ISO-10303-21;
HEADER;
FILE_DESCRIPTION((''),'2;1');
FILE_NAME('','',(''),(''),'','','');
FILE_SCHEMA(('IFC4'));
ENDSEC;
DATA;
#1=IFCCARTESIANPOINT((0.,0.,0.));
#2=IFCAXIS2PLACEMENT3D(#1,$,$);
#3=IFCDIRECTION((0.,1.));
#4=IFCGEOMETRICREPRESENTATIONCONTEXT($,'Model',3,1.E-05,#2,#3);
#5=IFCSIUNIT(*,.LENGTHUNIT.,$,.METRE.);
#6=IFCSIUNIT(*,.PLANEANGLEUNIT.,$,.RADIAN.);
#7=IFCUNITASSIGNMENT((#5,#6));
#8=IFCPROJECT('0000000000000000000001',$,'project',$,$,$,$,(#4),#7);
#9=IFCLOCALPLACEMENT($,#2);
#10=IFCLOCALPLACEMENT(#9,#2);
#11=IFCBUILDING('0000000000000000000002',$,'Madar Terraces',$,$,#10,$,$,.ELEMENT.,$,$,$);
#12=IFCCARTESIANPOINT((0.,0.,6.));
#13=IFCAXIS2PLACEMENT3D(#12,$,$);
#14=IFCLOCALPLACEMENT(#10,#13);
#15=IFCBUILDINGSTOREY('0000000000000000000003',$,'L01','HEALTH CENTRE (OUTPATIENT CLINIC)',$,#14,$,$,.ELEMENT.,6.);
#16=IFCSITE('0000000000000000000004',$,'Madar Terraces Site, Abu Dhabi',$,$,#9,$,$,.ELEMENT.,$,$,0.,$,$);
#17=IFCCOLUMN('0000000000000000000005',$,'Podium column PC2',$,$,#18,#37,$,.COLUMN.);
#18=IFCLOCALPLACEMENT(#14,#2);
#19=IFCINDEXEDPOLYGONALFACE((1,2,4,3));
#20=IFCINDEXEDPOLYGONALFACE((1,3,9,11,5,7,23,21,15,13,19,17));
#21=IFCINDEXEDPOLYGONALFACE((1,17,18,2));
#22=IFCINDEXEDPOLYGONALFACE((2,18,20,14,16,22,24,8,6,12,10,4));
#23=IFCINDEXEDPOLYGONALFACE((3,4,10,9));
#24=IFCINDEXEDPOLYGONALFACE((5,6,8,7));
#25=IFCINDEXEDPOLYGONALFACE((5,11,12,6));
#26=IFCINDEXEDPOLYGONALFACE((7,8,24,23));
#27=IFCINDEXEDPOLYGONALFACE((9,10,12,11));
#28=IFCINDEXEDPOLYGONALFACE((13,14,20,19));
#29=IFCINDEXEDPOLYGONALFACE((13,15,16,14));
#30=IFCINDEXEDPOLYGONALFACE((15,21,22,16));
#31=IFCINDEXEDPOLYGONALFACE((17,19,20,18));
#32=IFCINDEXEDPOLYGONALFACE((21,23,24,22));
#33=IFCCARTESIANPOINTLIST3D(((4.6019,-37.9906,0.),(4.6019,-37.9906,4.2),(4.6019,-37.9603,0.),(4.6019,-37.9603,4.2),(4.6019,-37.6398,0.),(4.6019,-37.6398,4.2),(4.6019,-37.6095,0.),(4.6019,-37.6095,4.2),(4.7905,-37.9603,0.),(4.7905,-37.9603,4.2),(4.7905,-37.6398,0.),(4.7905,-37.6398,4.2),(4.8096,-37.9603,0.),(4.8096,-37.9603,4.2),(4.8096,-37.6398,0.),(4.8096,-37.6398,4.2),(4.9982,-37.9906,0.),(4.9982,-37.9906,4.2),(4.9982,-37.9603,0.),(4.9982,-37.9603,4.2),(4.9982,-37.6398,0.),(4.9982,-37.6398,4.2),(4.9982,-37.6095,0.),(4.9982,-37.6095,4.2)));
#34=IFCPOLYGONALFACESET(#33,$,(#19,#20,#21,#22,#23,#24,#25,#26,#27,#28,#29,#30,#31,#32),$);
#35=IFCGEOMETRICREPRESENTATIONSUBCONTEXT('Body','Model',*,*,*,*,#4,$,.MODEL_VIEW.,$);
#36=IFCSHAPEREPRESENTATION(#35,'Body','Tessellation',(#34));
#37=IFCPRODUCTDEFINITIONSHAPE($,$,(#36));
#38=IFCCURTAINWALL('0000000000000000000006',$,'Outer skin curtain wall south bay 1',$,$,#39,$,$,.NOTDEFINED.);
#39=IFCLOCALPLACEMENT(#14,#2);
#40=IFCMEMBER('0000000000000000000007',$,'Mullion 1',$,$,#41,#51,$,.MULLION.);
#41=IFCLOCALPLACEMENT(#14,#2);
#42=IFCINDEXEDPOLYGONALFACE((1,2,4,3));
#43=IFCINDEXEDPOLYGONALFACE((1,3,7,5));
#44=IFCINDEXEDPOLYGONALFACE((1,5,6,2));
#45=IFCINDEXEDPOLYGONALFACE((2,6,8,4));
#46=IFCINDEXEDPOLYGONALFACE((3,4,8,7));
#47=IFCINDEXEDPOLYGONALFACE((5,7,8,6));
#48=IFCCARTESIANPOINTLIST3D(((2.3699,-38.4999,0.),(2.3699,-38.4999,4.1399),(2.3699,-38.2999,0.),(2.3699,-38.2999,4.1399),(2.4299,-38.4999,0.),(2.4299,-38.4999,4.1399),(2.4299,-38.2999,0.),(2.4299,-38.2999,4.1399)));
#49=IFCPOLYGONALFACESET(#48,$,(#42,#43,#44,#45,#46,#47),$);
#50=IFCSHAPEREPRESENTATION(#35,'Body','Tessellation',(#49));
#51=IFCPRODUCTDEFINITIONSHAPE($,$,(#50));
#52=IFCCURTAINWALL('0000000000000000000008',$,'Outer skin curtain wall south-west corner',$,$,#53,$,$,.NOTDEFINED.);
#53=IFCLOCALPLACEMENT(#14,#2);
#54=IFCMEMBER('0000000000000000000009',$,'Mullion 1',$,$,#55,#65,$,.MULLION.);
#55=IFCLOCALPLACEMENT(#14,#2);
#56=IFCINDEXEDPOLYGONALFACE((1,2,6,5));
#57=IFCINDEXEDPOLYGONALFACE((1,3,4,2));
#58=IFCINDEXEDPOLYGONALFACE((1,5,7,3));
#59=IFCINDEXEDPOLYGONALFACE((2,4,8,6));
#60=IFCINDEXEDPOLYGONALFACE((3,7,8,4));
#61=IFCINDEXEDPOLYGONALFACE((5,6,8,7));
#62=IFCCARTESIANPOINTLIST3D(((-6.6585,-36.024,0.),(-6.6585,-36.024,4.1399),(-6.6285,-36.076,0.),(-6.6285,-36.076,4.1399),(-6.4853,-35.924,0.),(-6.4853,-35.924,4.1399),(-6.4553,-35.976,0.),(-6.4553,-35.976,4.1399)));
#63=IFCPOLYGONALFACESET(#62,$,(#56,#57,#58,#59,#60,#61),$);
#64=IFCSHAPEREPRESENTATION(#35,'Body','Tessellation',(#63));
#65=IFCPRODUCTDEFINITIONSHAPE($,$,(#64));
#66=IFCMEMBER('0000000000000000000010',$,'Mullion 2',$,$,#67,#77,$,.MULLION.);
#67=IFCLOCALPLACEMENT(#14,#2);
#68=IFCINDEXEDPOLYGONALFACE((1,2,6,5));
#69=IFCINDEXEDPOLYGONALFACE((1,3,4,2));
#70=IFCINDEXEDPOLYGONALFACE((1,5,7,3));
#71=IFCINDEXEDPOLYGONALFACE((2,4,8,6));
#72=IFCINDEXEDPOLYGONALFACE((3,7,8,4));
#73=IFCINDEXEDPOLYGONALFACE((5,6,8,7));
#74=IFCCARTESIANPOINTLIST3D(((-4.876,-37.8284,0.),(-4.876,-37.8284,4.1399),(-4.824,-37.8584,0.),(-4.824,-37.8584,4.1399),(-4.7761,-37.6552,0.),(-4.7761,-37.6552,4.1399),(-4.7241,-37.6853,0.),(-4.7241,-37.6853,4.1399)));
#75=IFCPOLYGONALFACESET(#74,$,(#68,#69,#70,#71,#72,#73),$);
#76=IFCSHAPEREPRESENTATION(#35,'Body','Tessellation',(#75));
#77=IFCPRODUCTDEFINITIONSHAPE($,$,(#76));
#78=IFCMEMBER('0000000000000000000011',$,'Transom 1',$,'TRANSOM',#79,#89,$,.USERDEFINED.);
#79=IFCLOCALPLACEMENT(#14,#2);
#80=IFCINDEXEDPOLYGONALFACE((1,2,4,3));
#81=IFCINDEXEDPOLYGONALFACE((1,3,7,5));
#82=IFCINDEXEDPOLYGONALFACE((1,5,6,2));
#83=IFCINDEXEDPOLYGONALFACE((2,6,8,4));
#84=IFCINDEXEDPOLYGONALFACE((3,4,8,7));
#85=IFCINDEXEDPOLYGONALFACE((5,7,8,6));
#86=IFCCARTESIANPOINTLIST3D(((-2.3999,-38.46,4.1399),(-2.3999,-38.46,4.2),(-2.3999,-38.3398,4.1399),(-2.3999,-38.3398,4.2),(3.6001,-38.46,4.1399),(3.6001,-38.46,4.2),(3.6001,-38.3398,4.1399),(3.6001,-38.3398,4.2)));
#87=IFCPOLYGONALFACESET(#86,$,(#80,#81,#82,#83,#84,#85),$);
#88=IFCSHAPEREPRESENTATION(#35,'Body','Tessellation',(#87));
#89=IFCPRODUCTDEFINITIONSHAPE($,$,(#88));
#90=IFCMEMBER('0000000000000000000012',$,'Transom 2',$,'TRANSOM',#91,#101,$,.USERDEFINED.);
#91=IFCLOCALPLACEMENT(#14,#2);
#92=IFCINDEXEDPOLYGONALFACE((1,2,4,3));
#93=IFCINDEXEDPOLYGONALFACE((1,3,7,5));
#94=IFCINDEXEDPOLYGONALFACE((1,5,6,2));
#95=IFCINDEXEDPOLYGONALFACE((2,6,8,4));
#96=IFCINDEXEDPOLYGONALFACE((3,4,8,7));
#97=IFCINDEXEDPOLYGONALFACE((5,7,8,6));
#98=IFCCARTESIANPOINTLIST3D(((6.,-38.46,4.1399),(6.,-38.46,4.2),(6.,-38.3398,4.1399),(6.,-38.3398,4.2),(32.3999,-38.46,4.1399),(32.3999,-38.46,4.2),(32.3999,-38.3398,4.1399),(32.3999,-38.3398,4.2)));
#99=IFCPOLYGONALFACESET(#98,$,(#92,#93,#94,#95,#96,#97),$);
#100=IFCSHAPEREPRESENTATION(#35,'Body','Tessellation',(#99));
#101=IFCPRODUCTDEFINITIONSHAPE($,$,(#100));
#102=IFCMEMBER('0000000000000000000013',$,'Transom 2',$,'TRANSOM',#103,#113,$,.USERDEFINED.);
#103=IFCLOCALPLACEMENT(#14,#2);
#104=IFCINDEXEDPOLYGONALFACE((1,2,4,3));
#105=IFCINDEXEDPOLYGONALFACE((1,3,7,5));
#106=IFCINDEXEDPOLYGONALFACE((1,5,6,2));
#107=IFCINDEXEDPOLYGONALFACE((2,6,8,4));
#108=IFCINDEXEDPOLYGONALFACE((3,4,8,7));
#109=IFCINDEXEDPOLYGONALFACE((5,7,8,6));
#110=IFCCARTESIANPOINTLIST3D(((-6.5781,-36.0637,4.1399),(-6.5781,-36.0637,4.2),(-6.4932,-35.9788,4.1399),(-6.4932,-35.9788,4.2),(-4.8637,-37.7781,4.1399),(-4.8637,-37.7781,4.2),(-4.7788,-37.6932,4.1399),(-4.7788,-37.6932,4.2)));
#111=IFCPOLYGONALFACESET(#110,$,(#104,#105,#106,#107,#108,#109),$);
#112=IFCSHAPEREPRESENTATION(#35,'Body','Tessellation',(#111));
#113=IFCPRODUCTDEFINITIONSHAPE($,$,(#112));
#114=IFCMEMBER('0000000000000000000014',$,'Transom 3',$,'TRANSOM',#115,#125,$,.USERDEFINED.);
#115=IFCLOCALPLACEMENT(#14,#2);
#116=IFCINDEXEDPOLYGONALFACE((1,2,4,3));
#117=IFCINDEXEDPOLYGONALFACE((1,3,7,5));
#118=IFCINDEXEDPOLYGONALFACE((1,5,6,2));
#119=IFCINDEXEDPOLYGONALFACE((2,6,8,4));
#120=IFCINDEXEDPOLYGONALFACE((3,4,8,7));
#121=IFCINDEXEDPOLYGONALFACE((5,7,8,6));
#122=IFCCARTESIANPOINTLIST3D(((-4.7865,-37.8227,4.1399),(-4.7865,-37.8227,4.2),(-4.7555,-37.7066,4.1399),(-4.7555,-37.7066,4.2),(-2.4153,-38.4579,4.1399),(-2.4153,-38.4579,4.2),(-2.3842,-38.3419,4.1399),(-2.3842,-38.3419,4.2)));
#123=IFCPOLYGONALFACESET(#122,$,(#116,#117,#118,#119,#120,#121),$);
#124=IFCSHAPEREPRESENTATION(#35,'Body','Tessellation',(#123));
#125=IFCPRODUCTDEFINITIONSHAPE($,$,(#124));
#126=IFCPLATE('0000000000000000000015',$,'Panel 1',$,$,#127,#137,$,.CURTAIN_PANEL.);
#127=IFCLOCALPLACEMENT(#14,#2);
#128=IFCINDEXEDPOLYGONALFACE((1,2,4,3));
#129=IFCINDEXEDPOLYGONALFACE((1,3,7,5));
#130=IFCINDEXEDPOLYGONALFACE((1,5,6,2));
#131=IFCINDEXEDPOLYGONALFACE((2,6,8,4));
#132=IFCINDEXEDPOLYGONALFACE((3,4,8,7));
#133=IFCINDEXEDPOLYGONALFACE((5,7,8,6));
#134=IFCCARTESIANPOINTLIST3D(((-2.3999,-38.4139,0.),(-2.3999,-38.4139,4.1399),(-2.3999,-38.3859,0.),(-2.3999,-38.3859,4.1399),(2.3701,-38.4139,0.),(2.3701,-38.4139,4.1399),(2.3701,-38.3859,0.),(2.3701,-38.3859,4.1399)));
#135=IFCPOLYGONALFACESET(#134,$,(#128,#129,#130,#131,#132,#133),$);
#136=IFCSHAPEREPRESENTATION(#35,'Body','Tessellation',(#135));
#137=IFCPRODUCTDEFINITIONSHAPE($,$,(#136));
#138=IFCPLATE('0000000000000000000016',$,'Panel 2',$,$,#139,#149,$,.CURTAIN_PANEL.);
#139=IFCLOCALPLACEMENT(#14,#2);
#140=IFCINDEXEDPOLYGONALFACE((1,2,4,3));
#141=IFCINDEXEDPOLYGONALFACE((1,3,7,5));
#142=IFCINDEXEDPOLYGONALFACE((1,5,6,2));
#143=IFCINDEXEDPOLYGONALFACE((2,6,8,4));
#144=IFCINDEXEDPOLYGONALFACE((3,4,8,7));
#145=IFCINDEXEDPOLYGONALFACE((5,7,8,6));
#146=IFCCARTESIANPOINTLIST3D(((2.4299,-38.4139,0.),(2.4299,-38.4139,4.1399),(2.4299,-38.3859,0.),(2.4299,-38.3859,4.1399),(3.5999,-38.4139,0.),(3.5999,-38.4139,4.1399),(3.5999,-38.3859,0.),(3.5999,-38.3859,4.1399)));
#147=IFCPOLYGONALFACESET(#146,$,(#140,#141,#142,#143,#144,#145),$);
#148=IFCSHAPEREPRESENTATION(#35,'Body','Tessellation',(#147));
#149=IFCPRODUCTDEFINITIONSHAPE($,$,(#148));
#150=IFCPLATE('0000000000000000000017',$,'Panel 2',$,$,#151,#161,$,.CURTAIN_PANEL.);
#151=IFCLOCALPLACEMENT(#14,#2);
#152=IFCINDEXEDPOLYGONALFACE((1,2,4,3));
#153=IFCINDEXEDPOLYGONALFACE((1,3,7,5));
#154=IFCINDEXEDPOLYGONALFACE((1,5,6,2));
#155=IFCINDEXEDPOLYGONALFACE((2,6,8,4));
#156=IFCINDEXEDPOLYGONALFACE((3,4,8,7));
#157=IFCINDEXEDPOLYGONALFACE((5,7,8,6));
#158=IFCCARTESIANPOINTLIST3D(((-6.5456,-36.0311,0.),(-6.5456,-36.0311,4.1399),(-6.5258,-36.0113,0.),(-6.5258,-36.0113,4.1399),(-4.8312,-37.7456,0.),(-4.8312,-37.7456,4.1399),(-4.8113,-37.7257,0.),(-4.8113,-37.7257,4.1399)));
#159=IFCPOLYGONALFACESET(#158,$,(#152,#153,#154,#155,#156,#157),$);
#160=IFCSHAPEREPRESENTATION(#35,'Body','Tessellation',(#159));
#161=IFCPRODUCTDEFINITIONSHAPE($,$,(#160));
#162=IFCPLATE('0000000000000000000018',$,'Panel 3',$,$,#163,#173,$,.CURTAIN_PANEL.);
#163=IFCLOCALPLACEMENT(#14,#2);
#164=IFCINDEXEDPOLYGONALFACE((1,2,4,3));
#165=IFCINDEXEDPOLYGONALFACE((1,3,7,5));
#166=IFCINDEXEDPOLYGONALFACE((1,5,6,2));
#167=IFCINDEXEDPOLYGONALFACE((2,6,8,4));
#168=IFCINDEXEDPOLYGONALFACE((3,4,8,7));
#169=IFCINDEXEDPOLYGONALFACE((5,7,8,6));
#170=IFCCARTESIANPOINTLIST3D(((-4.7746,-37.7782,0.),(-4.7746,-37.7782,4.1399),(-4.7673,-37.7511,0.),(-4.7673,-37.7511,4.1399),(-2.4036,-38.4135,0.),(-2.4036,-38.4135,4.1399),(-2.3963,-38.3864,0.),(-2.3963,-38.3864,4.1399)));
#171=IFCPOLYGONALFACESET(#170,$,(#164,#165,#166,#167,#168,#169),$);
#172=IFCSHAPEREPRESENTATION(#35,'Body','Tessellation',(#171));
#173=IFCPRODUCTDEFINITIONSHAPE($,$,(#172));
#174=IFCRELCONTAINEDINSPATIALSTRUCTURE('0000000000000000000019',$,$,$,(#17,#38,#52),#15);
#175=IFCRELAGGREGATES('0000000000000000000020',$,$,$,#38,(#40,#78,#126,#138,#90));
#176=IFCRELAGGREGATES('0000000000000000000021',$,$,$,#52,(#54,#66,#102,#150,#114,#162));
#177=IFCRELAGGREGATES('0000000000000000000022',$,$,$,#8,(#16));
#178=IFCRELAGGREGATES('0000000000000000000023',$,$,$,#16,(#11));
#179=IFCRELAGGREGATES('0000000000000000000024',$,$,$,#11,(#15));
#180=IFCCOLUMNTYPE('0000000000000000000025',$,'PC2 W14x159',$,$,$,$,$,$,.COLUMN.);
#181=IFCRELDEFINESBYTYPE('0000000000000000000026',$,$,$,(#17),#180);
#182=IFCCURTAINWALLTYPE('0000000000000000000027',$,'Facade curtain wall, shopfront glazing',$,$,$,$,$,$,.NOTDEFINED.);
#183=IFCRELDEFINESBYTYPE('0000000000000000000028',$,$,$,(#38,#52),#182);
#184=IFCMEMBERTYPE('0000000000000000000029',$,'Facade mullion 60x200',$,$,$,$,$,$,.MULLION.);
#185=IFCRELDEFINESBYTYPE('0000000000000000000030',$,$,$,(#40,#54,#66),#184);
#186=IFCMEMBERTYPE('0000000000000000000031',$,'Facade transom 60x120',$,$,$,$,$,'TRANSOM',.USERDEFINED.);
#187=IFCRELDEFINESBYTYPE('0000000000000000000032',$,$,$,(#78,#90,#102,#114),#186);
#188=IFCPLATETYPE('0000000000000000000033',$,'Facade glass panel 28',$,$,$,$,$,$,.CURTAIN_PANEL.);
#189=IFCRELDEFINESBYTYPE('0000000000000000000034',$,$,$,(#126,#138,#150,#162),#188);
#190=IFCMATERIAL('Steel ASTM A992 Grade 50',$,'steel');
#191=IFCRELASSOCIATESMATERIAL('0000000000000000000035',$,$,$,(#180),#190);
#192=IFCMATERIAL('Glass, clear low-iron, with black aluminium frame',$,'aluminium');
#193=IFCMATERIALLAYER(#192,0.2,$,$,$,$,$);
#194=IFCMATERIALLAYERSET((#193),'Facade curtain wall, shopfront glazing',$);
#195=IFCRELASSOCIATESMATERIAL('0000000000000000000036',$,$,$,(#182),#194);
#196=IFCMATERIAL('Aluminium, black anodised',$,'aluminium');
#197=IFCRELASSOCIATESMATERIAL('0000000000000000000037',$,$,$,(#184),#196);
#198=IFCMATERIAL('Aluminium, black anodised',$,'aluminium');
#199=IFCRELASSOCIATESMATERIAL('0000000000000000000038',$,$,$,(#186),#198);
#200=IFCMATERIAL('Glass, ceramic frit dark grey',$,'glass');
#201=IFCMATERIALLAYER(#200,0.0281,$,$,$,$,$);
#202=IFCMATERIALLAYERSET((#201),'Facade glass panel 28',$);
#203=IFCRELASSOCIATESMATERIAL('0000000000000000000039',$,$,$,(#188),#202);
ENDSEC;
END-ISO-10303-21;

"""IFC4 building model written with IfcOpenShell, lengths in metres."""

from ifc_helpers import new_model, si_unit, direction, frame, origin, origin_2d, place, context, subcontext, project, spatial, rectangle, i_section, extrude, material, layer, layer_set, material_profile, profile_set, type_object, element, aggregate, save


model = new_model("IFC4")

# Units and contexts
model_context = context("Model", 3, precision=1e-05, world=origin(), true_north=direction((0.0, 1.0)))
body_context = subcontext(model_context, "Body", "Model", "MODEL_VIEW")
ifc_project = project(units=[si_unit("LENGTHUNIT", "METRE"), si_unit("PLANEANGLEUNIT", "RADIAN")], contexts=[model_context])

# Site, building, storey
site_placement = place(None, origin())
site = spatial("IfcSite", under=ifc_project, at=site_placement, Name="Madar Terraces Site, Abu Dhabi", CompositionType="ELEMENT", RefElevation=0.0)
building_placement = place(site_placement, origin())
building = spatial("IfcBuilding", under=site, at=building_placement, Name="Madar Terraces", CompositionType="ELEMENT")
storey_placement = place(building_placement, frame((0.0, 0.0, 6.0)))
storey = spatial("IfcBuildingStorey", under=building, at=storey_placement, Name="L01", Description="HEALTH CENTRE (OUTPATIENT CLINIC)", CompositionType="ELEMENT", Elevation=6.0)

# Column
ifc_material_1 = material(Name="Steel ASTM A992 Grade 50", Category="steel")
ifc_material_profile_1 = material_profile(ifc_material_1, i_section(OverallWidth=0.3962, OverallDepth=0.3811, WebThickness=0.019, FlangeThickness=0.0303, at=origin_2d()), Name="W14x159")
ifc_profile_set_1 = profile_set([ifc_material_profile_1], Name="Steel ASTM A992 Grade 50")
column_type = type_object("IfcColumnType", Name="PC2 W14x159", PredefinedType="COLUMN", material=ifc_profile_set_1)
column_placement = place(storey_placement, frame((4.8, -37.8, 0.0), z_axis=(0.0, 0.0, 1.0), x_axis=(1.0, 0.0, 0.0)))
element("IfcColumn", 1, at=column_placement, inside=storey, type_object=column_type, Name="Podium column PC2", PredefinedType="COLUMN", context=body_context, shape_type="SweptSolid", body=[
    extrude(i_section(OverallWidth=0.3962, OverallDepth=0.3811, WebThickness=0.019, FlangeThickness=0.0303, at=origin_2d()), origin(), (0.0, 0.0, 1.0), 4.2),
])

# Curtain wall, member
ifc_material_2 = material(Name="Glass, clear low-iron, with black aluminium frame", Category="aluminium")
ifc_layer_1 = layer(ifc_material_2, 0.2)
ifc_layer_set_1 = layer_set([ifc_layer_1], Name="Facade curtain wall, shopfront glazing")
curtain_wall_type = type_object("IfcCurtainWallType", Name="Facade curtain wall, shopfront glazing", PredefinedType="NOTDEFINED", material=ifc_layer_set_1)
curtain_wall_1_placement = place(storey_placement, origin())
curtain_wall_1 = element("IfcCurtainWall", 2, at=curtain_wall_1_placement, inside=storey, type_object=curtain_wall_type, Name="Outer skin curtain wall south bay 1", PredefinedType="NOTDEFINED")
ifc_material_3 = material(Name="Aluminium, black anodised", Category="aluminium")
ifc_material_profile_2 = material_profile(ifc_material_3, rectangle(XDim=0.2, YDim=0.0601, at=origin_2d()), Name="Facade mullion 60x200")
ifc_profile_set_2 = profile_set([ifc_material_profile_2], Name="Aluminium, black anodised")
member_type_1 = type_object("IfcMemberType", Name="Facade mullion 60x200", PredefinedType="MULLION", material=ifc_profile_set_2)
member_1_placement = place(storey_placement, frame((2.3999, -38.3999, 0.0), z_axis=(0.0, 0.0, 1.0), x_axis=(0.0, 1.0, 0.0)))
member_1 = element("IfcMember", 3, at=member_1_placement, type_object=member_type_1, Name="Mullion 1", PredefinedType="MULLION", context=body_context, shape_type="SweptSolid", body=[
    extrude(rectangle(XDim=0.2, YDim=0.0601, at=origin_2d()), origin(), (0.0, 0.0, 1.0), 4.1399),
])

# Curtain wall, members
curtain_wall_2_placement = place(storey_placement, origin())
curtain_wall_2 = element("IfcCurtainWall", 4, at=curtain_wall_2_placement, inside=storey, type_object=curtain_wall_type, Name="Outer skin curtain wall south-west corner", PredefinedType="NOTDEFINED")
member_2_placement = place(storey_placement, frame((-6.5569, -36.0, 0.0), z_axis=(0.0, 0.0, 1.0), x_axis=(0.866025, 0.5, 0.0)))
member_2 = element("IfcMember", 5, at=member_2_placement, type_object=member_type_1, Name="Mullion 1", PredefinedType="MULLION", context=body_context, shape_type="SweptSolid", body=[
    extrude(rectangle(XDim=0.2, YDim=0.0601, at=origin_2d()), origin(), (0.0, 0.0, 1.0), 4.1399),
])
member_3_placement = place(storey_placement, frame((-4.8, -37.7568, 0.0), z_axis=(0.0, 0.0, 1.0), x_axis=(0.5, 0.866025, 0.0)))
member_3 = element("IfcMember", 6, at=member_3_placement, type_object=member_type_1, Name="Mullion 2", PredefinedType="MULLION", context=body_context, shape_type="SweptSolid", body=[
    extrude(rectangle(XDim=0.2, YDim=0.0601, at=origin_2d()), origin(), (0.0, 0.0, 1.0), 4.1399),
])

# Members
ifc_material_4 = material(Name="Aluminium, black anodised", Category="aluminium")
ifc_material_profile_3 = material_profile(ifc_material_4, rectangle(XDim=0.1201, YDim=0.0601, at=origin_2d()), Name="Facade transom 60x120")
ifc_profile_set_3 = profile_set([ifc_material_profile_3], Name="Aluminium, black anodised")
member_type_2 = type_object("IfcMemberType", Name="Facade transom 60x120", ElementType="TRANSOM", PredefinedType="USERDEFINED", material=ifc_profile_set_3)
member_4_placement = place(storey_placement, frame((-2.3999, -38.3999, 4.1699), z_axis=(1.0, 0.0, 0.0), x_axis=(0.0, 1.0, 0.0)))
member_4 = element("IfcMember", 7, at=member_4_placement, type_object=member_type_2, Name="Transom 1", ObjectType="TRANSOM", PredefinedType="USERDEFINED", context=body_context, shape_type="SweptSolid", body=[
    extrude(rectangle(XDim=0.1201, YDim=0.0601, at=origin_2d()), origin(), (0.0, 0.0, 1.0), 6.0),
])
member_5_placement = place(storey_placement, frame((6.0, -38.3999, 4.1699), z_axis=(1.0, 0.0, 0.0), x_axis=(0.0, 1.0, 0.0)))
member_5 = element("IfcMember", 8, at=member_5_placement, type_object=member_type_2, Name="Transom 2", ObjectType="TRANSOM", PredefinedType="USERDEFINED", context=body_context, shape_type="SweptSolid", body=[
    extrude(rectangle(XDim=0.1201, YDim=0.0601, at=origin_2d()), origin(), (0.0, 0.0, 1.0), 26.3999),
])
member_6_placement = place(storey_placement, frame((-6.5356, -36.0212, 4.1699), z_axis=(0.707107, -0.707107, 0.0), x_axis=(0.707107, 0.707107, 0.0)))
member_6 = element("IfcMember", 9, at=member_6_placement, type_object=member_type_2, Name="Transom 2", ObjectType="TRANSOM", PredefinedType="USERDEFINED", context=body_context, shape_type="SweptSolid", body=[
    extrude(rectangle(XDim=0.1201, YDim=0.0601, at=origin_2d()), origin(), (0.0, 0.0, 1.0), 2.4246),
])
member_7_placement = place(storey_placement, frame((-4.771, -37.7646, 4.1699), z_axis=(0.965934, -0.258789, 0.0), x_axis=(0.258789, 0.965934, 0.0)))
member_7 = element("IfcMember", 10, at=member_7_placement, type_object=member_type_2, Name="Transom 3", ObjectType="TRANSOM", PredefinedType="USERDEFINED", context=body_context, shape_type="SweptSolid", body=[
    extrude(rectangle(XDim=0.1201, YDim=0.0601, at=origin_2d()), origin(), (0.0, 0.0, 1.0), 2.4548),
])

# Plates
ifc_material_5 = material(Name="Glass, ceramic frit dark grey", Category="glass")
ifc_layer_2 = layer(ifc_material_5, 0.0281)
ifc_layer_set_2 = layer_set([ifc_layer_2], Name="Facade glass panel 28")
plate_type = type_object("IfcPlateType", Name="Facade glass panel 28", PredefinedType="CURTAIN_PANEL", material=ifc_layer_set_2)
plate_1_placement = place(storey_placement, frame((-0.0149, -38.3999, 0.0), z_axis=(0.0, 0.0, 1.0), x_axis=(1.0, 0.0, 0.0)))
plate_1 = element("IfcPlate", 11, at=plate_1_placement, type_object=plate_type, Name="Panel 1", PredefinedType="CURTAIN_PANEL", context=body_context, shape_type="SweptSolid", body=[
    extrude(rectangle(XDim=4.77, YDim=0.0281, at=origin_2d()), origin(), (0.0, 0.0, 1.0), 4.1399),
])
plate_2_placement = place(storey_placement, frame((3.0149, -38.3999, 0.0), z_axis=(0.0, 0.0, 1.0), x_axis=(1.0, 0.0, 0.0)))
plate_2 = element("IfcPlate", 12, at=plate_2_placement, type_object=plate_type, Name="Panel 2", PredefinedType="CURTAIN_PANEL", context=body_context, shape_type="SweptSolid", body=[
    extrude(rectangle(XDim=1.1699, YDim=0.0281, at=origin_2d()), origin(), (0.0, 0.0, 1.0), 4.1399),
])
aggregate(curtain_wall_1, [member_1, member_4, plate_1, plate_2, member_5])
plate_3_placement = place(storey_placement, frame((-5.6785, -36.8784, 0.0), z_axis=(0.0, 0.0, 1.0), x_axis=(0.707107, -0.707107, 0.0)))
plate_3 = element("IfcPlate", 13, at=plate_3_placement, type_object=plate_type, Name="Panel 2", PredefinedType="CURTAIN_PANEL", context=body_context, shape_type="SweptSolid", body=[
    extrude(rectangle(XDim=2.4246, YDim=0.0281, at=origin_2d()), origin(), (0.0, 0.0, 1.0), 4.1399),
])
plate_4_placement = place(storey_placement, frame((-3.5854, -38.0823, 0.0), z_axis=(0.0, 0.0, 1.0), x_axis=(0.965926, -0.258819, 0.0)))
plate_4 = element("IfcPlate", 14, at=plate_4_placement, type_object=plate_type, Name="Panel 3", PredefinedType="CURTAIN_PANEL", context=body_context, shape_type="SweptSolid", body=[
    extrude(rectangle(XDim=2.4546, YDim=0.0281, at=origin_2d()), origin(), (0.0, 0.0, 1.0), 4.1399),
])
aggregate(curtain_wall_2, [member_2, member_3, member_6, plate_3, member_7, plate_4])

save(model, "model.ifc")
